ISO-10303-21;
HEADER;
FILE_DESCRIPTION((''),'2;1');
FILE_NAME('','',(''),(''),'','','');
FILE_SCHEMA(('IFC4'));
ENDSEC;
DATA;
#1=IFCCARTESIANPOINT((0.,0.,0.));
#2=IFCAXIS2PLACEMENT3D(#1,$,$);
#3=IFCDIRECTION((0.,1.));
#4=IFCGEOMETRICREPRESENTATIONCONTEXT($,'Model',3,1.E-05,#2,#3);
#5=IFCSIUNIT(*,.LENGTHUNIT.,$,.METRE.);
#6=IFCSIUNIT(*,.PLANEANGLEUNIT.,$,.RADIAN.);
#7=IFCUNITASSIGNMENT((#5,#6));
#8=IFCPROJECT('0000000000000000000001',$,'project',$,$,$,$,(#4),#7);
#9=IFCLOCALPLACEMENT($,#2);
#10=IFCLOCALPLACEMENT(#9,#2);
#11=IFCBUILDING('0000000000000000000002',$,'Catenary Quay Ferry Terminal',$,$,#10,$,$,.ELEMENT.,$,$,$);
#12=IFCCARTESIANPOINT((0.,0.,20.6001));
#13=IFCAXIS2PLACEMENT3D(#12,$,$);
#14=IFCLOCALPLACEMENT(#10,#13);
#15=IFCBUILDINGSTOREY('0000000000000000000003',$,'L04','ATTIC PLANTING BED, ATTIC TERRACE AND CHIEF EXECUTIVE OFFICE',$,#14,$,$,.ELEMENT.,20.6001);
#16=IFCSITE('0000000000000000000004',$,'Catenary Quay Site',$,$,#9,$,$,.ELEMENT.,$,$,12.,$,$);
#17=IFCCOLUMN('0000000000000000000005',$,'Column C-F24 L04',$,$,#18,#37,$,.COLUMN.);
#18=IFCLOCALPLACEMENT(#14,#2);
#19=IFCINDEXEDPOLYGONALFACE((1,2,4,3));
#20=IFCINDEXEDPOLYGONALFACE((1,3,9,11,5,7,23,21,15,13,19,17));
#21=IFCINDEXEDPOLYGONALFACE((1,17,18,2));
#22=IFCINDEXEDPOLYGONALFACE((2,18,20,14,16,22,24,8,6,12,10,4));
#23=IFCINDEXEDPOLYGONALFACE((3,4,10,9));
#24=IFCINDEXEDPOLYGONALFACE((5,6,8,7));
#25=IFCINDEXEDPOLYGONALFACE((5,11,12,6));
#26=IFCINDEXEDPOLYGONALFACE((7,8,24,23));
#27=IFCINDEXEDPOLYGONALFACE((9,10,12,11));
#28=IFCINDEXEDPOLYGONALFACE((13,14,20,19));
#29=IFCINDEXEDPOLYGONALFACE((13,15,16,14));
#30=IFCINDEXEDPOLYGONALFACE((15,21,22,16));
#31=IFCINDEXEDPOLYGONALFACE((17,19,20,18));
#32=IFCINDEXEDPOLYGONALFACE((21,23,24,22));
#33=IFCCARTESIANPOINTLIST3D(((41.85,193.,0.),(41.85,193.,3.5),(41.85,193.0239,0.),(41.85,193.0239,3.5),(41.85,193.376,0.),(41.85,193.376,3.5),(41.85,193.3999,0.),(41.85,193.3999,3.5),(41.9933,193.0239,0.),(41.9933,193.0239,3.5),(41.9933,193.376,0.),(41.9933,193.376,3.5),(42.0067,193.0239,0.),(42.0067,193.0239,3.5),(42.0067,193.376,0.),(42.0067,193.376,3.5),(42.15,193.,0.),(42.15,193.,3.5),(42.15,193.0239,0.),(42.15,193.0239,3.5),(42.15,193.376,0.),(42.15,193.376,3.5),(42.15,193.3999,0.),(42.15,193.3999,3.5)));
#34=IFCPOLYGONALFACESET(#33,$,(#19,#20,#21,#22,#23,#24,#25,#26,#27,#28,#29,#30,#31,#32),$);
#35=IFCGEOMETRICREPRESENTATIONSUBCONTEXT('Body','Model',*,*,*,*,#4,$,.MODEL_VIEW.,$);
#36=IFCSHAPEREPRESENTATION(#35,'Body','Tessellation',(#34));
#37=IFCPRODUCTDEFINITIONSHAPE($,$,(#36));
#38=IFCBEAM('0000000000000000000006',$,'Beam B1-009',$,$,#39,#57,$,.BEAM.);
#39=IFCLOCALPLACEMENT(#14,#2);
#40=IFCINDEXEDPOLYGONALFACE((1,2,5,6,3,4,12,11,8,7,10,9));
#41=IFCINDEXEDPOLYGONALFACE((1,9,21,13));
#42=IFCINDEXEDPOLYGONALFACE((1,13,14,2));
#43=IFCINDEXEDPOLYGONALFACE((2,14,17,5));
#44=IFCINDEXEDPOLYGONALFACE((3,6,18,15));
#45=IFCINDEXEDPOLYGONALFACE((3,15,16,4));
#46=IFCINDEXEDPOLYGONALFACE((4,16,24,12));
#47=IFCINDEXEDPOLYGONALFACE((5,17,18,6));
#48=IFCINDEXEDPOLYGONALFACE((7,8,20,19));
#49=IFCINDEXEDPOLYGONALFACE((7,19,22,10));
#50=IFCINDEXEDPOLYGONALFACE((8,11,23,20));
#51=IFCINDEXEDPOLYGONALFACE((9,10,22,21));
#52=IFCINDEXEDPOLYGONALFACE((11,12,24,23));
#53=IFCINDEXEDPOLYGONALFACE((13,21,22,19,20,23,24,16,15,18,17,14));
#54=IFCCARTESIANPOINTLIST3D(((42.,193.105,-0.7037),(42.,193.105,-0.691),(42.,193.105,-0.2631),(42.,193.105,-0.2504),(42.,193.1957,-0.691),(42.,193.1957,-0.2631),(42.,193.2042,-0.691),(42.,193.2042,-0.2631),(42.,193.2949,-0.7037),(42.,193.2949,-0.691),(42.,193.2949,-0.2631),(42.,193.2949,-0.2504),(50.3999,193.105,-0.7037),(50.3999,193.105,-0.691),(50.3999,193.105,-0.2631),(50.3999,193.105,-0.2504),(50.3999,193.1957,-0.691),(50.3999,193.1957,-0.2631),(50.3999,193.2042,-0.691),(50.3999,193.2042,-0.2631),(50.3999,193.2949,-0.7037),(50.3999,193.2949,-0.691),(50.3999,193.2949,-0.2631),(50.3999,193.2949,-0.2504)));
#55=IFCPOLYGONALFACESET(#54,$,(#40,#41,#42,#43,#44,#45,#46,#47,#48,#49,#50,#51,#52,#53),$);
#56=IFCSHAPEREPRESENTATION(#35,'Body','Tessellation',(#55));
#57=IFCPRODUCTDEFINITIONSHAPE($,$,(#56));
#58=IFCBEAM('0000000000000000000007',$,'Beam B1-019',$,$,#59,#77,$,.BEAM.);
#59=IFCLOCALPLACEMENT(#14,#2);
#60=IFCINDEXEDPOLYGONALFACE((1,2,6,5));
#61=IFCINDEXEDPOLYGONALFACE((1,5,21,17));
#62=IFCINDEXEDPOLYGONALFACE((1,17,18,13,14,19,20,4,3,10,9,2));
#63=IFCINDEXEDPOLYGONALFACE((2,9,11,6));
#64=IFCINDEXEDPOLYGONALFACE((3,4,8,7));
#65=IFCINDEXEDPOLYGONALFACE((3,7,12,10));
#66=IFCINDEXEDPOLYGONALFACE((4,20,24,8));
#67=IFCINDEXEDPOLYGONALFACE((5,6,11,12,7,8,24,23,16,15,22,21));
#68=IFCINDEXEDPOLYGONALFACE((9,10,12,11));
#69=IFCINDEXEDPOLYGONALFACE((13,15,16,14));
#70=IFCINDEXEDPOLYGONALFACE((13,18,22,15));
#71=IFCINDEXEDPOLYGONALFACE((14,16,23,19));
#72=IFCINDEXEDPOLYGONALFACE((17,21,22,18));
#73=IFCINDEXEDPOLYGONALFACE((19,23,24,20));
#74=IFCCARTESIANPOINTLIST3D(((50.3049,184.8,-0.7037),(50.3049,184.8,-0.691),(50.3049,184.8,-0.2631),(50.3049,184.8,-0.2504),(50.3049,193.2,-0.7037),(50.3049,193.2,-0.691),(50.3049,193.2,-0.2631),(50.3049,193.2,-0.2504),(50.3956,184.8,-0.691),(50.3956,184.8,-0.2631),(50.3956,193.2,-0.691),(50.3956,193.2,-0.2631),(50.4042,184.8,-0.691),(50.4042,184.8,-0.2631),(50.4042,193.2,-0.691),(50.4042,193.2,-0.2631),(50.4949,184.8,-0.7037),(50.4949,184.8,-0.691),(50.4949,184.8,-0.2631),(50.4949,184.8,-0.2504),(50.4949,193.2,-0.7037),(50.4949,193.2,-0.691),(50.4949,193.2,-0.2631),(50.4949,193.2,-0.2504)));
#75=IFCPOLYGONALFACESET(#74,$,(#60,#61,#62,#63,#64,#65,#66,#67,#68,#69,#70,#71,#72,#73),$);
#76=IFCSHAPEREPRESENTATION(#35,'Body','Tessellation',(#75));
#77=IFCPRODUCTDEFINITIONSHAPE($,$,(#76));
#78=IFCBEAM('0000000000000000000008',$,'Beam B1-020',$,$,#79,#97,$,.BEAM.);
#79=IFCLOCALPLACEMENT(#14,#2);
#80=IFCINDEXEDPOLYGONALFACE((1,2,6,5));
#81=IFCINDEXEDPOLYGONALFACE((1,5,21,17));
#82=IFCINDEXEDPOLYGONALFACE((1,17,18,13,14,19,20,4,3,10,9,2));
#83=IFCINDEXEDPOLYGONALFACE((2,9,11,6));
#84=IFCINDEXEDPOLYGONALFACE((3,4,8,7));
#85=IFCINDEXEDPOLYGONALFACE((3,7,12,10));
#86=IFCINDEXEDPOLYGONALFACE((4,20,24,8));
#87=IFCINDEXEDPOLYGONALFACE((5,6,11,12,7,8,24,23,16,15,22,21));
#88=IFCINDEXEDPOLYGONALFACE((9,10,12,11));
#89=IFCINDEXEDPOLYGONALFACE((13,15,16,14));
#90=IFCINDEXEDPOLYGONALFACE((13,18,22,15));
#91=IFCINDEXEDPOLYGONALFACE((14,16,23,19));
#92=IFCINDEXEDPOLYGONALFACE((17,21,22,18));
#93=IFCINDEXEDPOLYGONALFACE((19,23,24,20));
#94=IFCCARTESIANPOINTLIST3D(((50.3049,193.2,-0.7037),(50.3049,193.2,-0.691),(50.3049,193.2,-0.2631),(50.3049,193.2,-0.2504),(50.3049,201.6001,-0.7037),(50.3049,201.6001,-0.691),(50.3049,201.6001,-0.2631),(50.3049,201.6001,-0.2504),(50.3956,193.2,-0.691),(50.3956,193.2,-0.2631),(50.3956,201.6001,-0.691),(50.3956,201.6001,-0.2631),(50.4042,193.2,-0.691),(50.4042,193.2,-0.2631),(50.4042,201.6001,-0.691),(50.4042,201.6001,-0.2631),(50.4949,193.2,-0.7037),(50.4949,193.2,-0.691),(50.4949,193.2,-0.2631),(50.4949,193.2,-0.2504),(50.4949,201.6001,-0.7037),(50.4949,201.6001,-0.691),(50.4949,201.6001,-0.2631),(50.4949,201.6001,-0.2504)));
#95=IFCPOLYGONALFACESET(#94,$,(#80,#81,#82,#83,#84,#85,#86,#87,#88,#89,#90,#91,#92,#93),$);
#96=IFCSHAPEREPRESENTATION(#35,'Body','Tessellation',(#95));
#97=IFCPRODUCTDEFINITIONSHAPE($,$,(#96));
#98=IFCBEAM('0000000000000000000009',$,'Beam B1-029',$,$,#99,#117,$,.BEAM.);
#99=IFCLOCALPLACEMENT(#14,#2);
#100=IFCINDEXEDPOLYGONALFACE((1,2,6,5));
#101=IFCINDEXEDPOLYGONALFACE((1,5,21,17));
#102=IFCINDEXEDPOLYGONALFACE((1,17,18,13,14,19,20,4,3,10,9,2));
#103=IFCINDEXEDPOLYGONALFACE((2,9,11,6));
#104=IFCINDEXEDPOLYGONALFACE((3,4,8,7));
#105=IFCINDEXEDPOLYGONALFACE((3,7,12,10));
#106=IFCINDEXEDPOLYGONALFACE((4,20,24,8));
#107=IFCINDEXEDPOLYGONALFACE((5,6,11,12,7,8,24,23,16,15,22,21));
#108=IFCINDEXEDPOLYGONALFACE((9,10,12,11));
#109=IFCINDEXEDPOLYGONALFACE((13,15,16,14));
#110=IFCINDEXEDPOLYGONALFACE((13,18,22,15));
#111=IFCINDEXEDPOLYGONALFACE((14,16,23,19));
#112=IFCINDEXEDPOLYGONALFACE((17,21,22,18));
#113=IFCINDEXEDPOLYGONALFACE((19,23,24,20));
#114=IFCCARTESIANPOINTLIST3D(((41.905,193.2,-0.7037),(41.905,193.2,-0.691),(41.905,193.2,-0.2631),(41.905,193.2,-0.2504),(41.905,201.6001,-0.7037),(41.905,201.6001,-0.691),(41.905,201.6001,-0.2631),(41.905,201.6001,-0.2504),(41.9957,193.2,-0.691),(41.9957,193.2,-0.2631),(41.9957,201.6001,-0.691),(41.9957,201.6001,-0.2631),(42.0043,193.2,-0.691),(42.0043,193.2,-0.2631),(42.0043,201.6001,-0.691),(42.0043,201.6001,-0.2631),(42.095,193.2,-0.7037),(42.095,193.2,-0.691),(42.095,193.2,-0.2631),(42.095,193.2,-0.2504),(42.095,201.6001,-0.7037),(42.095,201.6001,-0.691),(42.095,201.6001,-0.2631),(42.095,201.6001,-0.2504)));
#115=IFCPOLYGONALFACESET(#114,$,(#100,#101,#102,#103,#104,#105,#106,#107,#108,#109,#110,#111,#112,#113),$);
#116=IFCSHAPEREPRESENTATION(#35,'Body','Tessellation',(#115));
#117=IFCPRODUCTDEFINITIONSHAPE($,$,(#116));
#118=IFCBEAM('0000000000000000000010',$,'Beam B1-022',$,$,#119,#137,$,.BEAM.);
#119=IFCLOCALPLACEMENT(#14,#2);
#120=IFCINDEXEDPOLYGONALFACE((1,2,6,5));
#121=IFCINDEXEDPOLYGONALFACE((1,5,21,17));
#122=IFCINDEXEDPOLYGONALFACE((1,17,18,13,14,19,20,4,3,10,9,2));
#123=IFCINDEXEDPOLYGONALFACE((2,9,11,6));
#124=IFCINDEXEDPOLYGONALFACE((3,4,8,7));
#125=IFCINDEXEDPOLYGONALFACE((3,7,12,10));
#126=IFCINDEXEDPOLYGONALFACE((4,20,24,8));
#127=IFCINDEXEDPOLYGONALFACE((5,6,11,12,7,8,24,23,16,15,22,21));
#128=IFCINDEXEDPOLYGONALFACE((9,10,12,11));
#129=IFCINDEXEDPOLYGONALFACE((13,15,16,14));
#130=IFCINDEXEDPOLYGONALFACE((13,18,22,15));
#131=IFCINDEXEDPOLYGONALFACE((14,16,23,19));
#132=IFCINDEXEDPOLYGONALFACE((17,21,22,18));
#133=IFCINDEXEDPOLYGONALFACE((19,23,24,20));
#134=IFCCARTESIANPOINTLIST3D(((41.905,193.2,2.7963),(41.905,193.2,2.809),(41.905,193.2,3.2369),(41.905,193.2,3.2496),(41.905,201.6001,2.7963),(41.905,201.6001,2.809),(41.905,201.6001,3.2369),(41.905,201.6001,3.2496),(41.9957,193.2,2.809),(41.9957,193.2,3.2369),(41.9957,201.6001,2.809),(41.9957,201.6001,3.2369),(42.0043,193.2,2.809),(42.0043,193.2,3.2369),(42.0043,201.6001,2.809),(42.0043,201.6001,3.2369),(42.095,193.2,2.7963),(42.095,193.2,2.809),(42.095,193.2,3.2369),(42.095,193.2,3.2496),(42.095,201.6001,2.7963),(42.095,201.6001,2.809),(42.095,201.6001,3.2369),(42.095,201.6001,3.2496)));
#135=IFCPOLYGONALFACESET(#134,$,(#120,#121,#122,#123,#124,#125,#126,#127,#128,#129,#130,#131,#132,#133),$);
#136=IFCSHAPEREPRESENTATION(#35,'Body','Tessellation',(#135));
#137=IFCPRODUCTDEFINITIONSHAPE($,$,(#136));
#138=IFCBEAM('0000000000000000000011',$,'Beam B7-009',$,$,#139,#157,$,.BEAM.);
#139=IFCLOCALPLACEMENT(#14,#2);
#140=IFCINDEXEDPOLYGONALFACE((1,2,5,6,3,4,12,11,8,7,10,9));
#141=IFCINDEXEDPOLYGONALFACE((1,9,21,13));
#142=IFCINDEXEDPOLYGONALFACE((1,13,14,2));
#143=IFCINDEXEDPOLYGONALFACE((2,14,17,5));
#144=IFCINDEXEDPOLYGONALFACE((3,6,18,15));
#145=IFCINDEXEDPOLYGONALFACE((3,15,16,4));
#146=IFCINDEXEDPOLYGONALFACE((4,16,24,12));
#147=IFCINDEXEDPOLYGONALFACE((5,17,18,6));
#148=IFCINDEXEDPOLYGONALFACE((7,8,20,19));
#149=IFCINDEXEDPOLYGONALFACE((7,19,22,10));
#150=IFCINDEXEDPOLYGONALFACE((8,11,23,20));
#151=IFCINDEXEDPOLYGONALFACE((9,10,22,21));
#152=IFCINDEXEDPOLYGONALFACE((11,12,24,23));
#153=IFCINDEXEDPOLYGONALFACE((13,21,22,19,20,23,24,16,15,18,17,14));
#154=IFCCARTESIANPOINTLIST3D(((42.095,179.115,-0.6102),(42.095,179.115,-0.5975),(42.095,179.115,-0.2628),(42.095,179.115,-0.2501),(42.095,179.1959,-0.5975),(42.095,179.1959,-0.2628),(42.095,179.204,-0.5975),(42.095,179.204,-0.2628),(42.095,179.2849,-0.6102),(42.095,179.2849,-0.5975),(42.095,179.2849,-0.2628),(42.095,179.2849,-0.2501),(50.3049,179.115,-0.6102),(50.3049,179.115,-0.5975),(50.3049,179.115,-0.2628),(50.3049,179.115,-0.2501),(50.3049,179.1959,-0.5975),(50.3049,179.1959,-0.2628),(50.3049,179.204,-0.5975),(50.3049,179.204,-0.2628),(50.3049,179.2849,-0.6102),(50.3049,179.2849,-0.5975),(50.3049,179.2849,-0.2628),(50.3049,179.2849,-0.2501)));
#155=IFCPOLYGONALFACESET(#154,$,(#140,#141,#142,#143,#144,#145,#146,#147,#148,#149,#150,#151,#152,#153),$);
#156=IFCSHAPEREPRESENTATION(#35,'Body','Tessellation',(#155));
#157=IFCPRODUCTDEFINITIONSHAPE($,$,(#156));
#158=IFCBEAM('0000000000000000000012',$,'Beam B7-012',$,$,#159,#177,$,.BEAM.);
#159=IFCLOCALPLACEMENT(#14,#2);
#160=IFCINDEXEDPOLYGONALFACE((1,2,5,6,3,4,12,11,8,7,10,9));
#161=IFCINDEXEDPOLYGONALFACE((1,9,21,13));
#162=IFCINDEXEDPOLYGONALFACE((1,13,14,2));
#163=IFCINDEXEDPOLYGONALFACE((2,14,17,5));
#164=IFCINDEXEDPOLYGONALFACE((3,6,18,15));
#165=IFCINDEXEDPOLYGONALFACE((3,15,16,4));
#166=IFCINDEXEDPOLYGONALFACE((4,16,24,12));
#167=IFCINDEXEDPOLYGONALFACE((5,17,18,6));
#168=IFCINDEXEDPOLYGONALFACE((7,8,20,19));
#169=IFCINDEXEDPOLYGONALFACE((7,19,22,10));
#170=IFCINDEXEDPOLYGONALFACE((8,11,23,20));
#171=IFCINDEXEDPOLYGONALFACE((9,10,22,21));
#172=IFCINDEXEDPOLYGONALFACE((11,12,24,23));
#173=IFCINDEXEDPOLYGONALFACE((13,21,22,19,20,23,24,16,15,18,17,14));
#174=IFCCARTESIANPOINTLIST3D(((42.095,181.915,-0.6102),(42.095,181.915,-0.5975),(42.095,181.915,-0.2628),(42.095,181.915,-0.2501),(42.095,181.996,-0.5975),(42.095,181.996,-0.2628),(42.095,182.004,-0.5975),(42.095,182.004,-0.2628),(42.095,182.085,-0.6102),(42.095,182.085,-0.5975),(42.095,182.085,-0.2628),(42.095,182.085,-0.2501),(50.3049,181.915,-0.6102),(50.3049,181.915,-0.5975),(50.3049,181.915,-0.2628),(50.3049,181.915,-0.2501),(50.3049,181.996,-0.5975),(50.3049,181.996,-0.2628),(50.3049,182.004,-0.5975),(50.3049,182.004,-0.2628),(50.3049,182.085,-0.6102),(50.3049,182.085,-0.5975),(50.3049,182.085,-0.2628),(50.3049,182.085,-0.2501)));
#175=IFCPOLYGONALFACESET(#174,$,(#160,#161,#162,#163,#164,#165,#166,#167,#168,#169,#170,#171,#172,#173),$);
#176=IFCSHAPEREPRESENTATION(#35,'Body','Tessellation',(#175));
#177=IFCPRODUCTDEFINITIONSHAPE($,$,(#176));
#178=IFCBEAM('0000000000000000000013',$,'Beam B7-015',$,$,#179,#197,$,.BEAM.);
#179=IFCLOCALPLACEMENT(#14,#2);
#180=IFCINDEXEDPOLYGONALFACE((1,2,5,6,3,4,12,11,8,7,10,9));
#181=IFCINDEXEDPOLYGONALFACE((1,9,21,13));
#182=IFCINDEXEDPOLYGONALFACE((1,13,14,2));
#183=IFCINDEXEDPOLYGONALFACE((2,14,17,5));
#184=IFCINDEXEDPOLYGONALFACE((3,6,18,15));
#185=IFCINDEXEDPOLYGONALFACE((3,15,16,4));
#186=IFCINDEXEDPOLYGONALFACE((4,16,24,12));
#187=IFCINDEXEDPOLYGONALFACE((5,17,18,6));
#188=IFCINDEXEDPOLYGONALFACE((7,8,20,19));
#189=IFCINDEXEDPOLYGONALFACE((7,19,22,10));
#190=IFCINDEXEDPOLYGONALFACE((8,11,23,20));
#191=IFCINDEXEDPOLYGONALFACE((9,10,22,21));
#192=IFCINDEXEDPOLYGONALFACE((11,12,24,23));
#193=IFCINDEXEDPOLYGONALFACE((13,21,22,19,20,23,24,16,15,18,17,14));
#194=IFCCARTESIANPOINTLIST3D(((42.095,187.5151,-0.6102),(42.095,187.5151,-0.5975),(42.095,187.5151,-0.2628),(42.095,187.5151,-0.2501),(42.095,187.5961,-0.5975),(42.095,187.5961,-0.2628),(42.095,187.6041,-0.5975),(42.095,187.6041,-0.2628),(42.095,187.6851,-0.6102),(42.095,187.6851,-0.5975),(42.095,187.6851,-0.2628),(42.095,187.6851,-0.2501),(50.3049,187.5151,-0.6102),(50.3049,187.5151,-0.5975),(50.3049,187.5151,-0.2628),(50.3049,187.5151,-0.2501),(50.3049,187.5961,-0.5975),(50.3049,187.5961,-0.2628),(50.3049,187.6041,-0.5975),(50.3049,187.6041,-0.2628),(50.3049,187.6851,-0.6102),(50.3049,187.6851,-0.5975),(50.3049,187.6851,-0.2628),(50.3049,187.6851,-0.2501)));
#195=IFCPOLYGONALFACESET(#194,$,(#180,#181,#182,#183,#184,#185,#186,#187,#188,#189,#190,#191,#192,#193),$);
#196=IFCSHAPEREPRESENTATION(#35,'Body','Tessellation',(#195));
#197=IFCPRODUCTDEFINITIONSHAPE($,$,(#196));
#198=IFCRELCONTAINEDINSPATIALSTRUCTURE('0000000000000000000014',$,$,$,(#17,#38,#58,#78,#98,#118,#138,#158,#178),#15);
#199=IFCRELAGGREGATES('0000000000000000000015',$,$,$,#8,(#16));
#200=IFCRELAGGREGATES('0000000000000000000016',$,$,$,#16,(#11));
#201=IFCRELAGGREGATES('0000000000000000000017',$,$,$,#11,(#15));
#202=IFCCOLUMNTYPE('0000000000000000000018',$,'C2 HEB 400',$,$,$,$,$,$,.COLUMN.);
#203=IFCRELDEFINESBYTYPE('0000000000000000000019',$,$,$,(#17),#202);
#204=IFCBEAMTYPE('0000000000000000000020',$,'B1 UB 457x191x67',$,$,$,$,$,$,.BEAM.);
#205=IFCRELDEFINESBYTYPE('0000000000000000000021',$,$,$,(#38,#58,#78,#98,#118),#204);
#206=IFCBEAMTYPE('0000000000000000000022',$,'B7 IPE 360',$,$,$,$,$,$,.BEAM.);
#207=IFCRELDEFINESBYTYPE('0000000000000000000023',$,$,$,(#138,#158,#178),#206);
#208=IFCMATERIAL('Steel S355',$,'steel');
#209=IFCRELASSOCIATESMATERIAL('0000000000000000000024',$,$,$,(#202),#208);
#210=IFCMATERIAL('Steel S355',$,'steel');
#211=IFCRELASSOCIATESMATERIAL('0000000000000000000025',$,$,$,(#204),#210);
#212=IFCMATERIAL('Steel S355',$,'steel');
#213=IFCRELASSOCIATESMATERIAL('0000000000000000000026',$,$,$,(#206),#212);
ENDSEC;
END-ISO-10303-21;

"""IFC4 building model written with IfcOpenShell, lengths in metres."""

from ifc_helpers import new_model, si_unit, direction, frame, origin, origin_2d, place, context, subcontext, project, spatial, i_section, extrude, material, material_profile, profile_set, type_object, element, save


model = new_model("IFC4")

# Units and contexts
model_context = context("Model", 3, precision=1e-05, world=origin(), true_north=direction((0.0, 1.0)))
body_context = subcontext(model_context, "Body", "Model", "MODEL_VIEW")
ifc_project = project(units=[si_unit("LENGTHUNIT", "METRE"), si_unit("PLANEANGLEUNIT", "RADIAN")], contexts=[model_context])

# Site, building, storey
site_placement = place(None, origin())
site = spatial("IfcSite", under=ifc_project, at=site_placement, Name="Catenary Quay Site", CompositionType="ELEMENT", RefElevation=12.0)
building_placement = place(site_placement, origin())
building = spatial("IfcBuilding", under=site, at=building_placement, Name="Catenary Quay Ferry Terminal", CompositionType="ELEMENT")
storey_placement = place(building_placement, frame((0.0, 0.0, 20.6001)))
storey = spatial("IfcBuildingStorey", under=building, at=storey_placement, Name="L04", Description="ATTIC PLANTING BED, ATTIC TERRACE AND CHIEF EXECUTIVE OFFICE", CompositionType="ELEMENT", Elevation=20.6001)

# Column
ifc_material_1 = material(Name="Steel S355", Category="steel")
ifc_material_profile_1 = material_profile(ifc_material_1, i_section(OverallWidth=0.3, OverallDepth=0.3999, WebThickness=0.0134, FlangeThickness=0.0239, at=origin_2d()), Name="HEB 400")
ifc_profile_set_1 = profile_set([ifc_material_profile_1], Name="Steel S355")
column_type = type_object("IfcColumnType", Name="C2 HEB 400", PredefinedType="COLUMN", material=ifc_profile_set_1)
column_placement = place(storey_placement, frame((42.0, 193.2, 0.0), z_axis=(0.0, 0.0, 1.0), x_axis=(1.0, 0.0, 0.0)))
element("IfcColumn", 1, at=column_placement, inside=storey, type_object=column_type, Name="Column C-F24 L04", PredefinedType="COLUMN", context=body_context, shape_type="SweptSolid", body=[
    extrude(i_section(OverallWidth=0.3, OverallDepth=0.3999, WebThickness=0.0134, FlangeThickness=0.0239, at=origin_2d()), origin(), (0.0, 0.0, 1.0), 3.5),
])

# Beams
ifc_material_2 = material(Name="Steel S355", Category="steel")
ifc_material_profile_2 = material_profile(ifc_material_2, i_section(OverallWidth=0.1899, OverallDepth=0.4534, WebThickness=0.0085, FlangeThickness=0.0127, at=origin_2d()), Name="UB 457x191x67")
ifc_profile_set_2 = profile_set([ifc_material_profile_2], Name="Steel S355")
beam_type_1 = type_object("IfcBeamType", Name="B1 UB 457x191x67", PredefinedType="BEAM", material=ifc_profile_set_2)
for number, where, z_axis, x_axis, name in (
    (2, (42.0, 193.2, -0.4771), (1.0, 0.0, 0.0), (0.0, 1.0, 0.0), "Beam B1-009"),
    (3, (50.3999, 184.8, -0.4771), (0.0, 1.0, 0.0), (-1.0, 0.0, 0.0), "Beam B1-019"),
):
    element("IfcBeam", number, at=place(storey_placement, frame(where, z_axis=z_axis, x_axis=x_axis)), inside=storey, type_object=beam_type_1, Name=name, PredefinedType="BEAM", context=body_context, shape_type="SweptSolid", body=[
        extrude(i_section(OverallWidth=0.1899, OverallDepth=0.4534, WebThickness=0.0085, FlangeThickness=0.0127, at=origin_2d()), origin(), (0.0, 0.0, 1.0), 8.3999),
    ])
for number, where, z_axis, x_axis, name in (
    (4, (50.3999, 193.2, -0.4771), (0.0, 1.0, 0.0), (-1.0, 0.0, 0.0), "Beam B1-020"),
    (5, (42.0, 193.2, -0.4771), (0.0, 1.0, 0.0), (-1.0, 0.0, 0.0), "Beam B1-029"),
    (6, (42.0, 193.2, 3.0229), (0.0, 1.0, 0.0), (-1.0, 0.0, 0.0), "Beam B1-022"),
):
    element("IfcBeam", number, at=place(storey_placement, frame(where, z_axis=z_axis, x_axis=x_axis)), inside=storey, type_object=beam_type_1, Name=name, PredefinedType="BEAM", context=body_context, shape_type="SweptSolid", body=[
        extrude(i_section(OverallWidth=0.1899, OverallDepth=0.4534, WebThickness=0.0085, FlangeThickness=0.0127, at=origin_2d()), origin(), (0.0, 0.0, 1.0), 8.4001),
    ])
ifc_material_3 = material(Name="Steel S355", Category="steel")
ifc_material_profile_3 = material_profile(ifc_material_3, i_section(OverallWidth=0.1699, OverallDepth=0.3601, WebThickness=0.0081, FlangeThickness=0.0127, at=origin_2d()), Name="IPE 360")
ifc_profile_set_3 = profile_set([ifc_material_profile_3], Name="Steel S355")
beam_type_2 = type_object("IfcBeamType", Name="B7 IPE 360", PredefinedType="BEAM", material=ifc_profile_set_3)
for number, where, z_axis, x_axis, name in (
    (7, (42.095, 179.2, -0.4302), (1.0, 0.0, 0.0), (0.0, 1.0, 0.0), "Beam B7-009"),
    (8, (42.095, 182.0, -0.4302), (1.0, 0.0, 0.0), (0.0, 1.0, 0.0), "Beam B7-012"),
    (9, (42.095, 187.6001, -0.4302), (1.0, 0.0, 0.0), (0.0, 1.0, 0.0), "Beam B7-015"),
):
    element("IfcBeam", number, at=place(storey_placement, frame(where, z_axis=z_axis, x_axis=x_axis)), inside=storey, type_object=beam_type_2, Name=name, PredefinedType="BEAM", context=body_context, shape_type="SweptSolid", body=[
        extrude(i_section(OverallWidth=0.1699, OverallDepth=0.3601, WebThickness=0.0081, FlangeThickness=0.0127, at=origin_2d()), origin(), (0.0, 0.0, 1.0), 8.21),
    ])

save(model, "model.ifc")
